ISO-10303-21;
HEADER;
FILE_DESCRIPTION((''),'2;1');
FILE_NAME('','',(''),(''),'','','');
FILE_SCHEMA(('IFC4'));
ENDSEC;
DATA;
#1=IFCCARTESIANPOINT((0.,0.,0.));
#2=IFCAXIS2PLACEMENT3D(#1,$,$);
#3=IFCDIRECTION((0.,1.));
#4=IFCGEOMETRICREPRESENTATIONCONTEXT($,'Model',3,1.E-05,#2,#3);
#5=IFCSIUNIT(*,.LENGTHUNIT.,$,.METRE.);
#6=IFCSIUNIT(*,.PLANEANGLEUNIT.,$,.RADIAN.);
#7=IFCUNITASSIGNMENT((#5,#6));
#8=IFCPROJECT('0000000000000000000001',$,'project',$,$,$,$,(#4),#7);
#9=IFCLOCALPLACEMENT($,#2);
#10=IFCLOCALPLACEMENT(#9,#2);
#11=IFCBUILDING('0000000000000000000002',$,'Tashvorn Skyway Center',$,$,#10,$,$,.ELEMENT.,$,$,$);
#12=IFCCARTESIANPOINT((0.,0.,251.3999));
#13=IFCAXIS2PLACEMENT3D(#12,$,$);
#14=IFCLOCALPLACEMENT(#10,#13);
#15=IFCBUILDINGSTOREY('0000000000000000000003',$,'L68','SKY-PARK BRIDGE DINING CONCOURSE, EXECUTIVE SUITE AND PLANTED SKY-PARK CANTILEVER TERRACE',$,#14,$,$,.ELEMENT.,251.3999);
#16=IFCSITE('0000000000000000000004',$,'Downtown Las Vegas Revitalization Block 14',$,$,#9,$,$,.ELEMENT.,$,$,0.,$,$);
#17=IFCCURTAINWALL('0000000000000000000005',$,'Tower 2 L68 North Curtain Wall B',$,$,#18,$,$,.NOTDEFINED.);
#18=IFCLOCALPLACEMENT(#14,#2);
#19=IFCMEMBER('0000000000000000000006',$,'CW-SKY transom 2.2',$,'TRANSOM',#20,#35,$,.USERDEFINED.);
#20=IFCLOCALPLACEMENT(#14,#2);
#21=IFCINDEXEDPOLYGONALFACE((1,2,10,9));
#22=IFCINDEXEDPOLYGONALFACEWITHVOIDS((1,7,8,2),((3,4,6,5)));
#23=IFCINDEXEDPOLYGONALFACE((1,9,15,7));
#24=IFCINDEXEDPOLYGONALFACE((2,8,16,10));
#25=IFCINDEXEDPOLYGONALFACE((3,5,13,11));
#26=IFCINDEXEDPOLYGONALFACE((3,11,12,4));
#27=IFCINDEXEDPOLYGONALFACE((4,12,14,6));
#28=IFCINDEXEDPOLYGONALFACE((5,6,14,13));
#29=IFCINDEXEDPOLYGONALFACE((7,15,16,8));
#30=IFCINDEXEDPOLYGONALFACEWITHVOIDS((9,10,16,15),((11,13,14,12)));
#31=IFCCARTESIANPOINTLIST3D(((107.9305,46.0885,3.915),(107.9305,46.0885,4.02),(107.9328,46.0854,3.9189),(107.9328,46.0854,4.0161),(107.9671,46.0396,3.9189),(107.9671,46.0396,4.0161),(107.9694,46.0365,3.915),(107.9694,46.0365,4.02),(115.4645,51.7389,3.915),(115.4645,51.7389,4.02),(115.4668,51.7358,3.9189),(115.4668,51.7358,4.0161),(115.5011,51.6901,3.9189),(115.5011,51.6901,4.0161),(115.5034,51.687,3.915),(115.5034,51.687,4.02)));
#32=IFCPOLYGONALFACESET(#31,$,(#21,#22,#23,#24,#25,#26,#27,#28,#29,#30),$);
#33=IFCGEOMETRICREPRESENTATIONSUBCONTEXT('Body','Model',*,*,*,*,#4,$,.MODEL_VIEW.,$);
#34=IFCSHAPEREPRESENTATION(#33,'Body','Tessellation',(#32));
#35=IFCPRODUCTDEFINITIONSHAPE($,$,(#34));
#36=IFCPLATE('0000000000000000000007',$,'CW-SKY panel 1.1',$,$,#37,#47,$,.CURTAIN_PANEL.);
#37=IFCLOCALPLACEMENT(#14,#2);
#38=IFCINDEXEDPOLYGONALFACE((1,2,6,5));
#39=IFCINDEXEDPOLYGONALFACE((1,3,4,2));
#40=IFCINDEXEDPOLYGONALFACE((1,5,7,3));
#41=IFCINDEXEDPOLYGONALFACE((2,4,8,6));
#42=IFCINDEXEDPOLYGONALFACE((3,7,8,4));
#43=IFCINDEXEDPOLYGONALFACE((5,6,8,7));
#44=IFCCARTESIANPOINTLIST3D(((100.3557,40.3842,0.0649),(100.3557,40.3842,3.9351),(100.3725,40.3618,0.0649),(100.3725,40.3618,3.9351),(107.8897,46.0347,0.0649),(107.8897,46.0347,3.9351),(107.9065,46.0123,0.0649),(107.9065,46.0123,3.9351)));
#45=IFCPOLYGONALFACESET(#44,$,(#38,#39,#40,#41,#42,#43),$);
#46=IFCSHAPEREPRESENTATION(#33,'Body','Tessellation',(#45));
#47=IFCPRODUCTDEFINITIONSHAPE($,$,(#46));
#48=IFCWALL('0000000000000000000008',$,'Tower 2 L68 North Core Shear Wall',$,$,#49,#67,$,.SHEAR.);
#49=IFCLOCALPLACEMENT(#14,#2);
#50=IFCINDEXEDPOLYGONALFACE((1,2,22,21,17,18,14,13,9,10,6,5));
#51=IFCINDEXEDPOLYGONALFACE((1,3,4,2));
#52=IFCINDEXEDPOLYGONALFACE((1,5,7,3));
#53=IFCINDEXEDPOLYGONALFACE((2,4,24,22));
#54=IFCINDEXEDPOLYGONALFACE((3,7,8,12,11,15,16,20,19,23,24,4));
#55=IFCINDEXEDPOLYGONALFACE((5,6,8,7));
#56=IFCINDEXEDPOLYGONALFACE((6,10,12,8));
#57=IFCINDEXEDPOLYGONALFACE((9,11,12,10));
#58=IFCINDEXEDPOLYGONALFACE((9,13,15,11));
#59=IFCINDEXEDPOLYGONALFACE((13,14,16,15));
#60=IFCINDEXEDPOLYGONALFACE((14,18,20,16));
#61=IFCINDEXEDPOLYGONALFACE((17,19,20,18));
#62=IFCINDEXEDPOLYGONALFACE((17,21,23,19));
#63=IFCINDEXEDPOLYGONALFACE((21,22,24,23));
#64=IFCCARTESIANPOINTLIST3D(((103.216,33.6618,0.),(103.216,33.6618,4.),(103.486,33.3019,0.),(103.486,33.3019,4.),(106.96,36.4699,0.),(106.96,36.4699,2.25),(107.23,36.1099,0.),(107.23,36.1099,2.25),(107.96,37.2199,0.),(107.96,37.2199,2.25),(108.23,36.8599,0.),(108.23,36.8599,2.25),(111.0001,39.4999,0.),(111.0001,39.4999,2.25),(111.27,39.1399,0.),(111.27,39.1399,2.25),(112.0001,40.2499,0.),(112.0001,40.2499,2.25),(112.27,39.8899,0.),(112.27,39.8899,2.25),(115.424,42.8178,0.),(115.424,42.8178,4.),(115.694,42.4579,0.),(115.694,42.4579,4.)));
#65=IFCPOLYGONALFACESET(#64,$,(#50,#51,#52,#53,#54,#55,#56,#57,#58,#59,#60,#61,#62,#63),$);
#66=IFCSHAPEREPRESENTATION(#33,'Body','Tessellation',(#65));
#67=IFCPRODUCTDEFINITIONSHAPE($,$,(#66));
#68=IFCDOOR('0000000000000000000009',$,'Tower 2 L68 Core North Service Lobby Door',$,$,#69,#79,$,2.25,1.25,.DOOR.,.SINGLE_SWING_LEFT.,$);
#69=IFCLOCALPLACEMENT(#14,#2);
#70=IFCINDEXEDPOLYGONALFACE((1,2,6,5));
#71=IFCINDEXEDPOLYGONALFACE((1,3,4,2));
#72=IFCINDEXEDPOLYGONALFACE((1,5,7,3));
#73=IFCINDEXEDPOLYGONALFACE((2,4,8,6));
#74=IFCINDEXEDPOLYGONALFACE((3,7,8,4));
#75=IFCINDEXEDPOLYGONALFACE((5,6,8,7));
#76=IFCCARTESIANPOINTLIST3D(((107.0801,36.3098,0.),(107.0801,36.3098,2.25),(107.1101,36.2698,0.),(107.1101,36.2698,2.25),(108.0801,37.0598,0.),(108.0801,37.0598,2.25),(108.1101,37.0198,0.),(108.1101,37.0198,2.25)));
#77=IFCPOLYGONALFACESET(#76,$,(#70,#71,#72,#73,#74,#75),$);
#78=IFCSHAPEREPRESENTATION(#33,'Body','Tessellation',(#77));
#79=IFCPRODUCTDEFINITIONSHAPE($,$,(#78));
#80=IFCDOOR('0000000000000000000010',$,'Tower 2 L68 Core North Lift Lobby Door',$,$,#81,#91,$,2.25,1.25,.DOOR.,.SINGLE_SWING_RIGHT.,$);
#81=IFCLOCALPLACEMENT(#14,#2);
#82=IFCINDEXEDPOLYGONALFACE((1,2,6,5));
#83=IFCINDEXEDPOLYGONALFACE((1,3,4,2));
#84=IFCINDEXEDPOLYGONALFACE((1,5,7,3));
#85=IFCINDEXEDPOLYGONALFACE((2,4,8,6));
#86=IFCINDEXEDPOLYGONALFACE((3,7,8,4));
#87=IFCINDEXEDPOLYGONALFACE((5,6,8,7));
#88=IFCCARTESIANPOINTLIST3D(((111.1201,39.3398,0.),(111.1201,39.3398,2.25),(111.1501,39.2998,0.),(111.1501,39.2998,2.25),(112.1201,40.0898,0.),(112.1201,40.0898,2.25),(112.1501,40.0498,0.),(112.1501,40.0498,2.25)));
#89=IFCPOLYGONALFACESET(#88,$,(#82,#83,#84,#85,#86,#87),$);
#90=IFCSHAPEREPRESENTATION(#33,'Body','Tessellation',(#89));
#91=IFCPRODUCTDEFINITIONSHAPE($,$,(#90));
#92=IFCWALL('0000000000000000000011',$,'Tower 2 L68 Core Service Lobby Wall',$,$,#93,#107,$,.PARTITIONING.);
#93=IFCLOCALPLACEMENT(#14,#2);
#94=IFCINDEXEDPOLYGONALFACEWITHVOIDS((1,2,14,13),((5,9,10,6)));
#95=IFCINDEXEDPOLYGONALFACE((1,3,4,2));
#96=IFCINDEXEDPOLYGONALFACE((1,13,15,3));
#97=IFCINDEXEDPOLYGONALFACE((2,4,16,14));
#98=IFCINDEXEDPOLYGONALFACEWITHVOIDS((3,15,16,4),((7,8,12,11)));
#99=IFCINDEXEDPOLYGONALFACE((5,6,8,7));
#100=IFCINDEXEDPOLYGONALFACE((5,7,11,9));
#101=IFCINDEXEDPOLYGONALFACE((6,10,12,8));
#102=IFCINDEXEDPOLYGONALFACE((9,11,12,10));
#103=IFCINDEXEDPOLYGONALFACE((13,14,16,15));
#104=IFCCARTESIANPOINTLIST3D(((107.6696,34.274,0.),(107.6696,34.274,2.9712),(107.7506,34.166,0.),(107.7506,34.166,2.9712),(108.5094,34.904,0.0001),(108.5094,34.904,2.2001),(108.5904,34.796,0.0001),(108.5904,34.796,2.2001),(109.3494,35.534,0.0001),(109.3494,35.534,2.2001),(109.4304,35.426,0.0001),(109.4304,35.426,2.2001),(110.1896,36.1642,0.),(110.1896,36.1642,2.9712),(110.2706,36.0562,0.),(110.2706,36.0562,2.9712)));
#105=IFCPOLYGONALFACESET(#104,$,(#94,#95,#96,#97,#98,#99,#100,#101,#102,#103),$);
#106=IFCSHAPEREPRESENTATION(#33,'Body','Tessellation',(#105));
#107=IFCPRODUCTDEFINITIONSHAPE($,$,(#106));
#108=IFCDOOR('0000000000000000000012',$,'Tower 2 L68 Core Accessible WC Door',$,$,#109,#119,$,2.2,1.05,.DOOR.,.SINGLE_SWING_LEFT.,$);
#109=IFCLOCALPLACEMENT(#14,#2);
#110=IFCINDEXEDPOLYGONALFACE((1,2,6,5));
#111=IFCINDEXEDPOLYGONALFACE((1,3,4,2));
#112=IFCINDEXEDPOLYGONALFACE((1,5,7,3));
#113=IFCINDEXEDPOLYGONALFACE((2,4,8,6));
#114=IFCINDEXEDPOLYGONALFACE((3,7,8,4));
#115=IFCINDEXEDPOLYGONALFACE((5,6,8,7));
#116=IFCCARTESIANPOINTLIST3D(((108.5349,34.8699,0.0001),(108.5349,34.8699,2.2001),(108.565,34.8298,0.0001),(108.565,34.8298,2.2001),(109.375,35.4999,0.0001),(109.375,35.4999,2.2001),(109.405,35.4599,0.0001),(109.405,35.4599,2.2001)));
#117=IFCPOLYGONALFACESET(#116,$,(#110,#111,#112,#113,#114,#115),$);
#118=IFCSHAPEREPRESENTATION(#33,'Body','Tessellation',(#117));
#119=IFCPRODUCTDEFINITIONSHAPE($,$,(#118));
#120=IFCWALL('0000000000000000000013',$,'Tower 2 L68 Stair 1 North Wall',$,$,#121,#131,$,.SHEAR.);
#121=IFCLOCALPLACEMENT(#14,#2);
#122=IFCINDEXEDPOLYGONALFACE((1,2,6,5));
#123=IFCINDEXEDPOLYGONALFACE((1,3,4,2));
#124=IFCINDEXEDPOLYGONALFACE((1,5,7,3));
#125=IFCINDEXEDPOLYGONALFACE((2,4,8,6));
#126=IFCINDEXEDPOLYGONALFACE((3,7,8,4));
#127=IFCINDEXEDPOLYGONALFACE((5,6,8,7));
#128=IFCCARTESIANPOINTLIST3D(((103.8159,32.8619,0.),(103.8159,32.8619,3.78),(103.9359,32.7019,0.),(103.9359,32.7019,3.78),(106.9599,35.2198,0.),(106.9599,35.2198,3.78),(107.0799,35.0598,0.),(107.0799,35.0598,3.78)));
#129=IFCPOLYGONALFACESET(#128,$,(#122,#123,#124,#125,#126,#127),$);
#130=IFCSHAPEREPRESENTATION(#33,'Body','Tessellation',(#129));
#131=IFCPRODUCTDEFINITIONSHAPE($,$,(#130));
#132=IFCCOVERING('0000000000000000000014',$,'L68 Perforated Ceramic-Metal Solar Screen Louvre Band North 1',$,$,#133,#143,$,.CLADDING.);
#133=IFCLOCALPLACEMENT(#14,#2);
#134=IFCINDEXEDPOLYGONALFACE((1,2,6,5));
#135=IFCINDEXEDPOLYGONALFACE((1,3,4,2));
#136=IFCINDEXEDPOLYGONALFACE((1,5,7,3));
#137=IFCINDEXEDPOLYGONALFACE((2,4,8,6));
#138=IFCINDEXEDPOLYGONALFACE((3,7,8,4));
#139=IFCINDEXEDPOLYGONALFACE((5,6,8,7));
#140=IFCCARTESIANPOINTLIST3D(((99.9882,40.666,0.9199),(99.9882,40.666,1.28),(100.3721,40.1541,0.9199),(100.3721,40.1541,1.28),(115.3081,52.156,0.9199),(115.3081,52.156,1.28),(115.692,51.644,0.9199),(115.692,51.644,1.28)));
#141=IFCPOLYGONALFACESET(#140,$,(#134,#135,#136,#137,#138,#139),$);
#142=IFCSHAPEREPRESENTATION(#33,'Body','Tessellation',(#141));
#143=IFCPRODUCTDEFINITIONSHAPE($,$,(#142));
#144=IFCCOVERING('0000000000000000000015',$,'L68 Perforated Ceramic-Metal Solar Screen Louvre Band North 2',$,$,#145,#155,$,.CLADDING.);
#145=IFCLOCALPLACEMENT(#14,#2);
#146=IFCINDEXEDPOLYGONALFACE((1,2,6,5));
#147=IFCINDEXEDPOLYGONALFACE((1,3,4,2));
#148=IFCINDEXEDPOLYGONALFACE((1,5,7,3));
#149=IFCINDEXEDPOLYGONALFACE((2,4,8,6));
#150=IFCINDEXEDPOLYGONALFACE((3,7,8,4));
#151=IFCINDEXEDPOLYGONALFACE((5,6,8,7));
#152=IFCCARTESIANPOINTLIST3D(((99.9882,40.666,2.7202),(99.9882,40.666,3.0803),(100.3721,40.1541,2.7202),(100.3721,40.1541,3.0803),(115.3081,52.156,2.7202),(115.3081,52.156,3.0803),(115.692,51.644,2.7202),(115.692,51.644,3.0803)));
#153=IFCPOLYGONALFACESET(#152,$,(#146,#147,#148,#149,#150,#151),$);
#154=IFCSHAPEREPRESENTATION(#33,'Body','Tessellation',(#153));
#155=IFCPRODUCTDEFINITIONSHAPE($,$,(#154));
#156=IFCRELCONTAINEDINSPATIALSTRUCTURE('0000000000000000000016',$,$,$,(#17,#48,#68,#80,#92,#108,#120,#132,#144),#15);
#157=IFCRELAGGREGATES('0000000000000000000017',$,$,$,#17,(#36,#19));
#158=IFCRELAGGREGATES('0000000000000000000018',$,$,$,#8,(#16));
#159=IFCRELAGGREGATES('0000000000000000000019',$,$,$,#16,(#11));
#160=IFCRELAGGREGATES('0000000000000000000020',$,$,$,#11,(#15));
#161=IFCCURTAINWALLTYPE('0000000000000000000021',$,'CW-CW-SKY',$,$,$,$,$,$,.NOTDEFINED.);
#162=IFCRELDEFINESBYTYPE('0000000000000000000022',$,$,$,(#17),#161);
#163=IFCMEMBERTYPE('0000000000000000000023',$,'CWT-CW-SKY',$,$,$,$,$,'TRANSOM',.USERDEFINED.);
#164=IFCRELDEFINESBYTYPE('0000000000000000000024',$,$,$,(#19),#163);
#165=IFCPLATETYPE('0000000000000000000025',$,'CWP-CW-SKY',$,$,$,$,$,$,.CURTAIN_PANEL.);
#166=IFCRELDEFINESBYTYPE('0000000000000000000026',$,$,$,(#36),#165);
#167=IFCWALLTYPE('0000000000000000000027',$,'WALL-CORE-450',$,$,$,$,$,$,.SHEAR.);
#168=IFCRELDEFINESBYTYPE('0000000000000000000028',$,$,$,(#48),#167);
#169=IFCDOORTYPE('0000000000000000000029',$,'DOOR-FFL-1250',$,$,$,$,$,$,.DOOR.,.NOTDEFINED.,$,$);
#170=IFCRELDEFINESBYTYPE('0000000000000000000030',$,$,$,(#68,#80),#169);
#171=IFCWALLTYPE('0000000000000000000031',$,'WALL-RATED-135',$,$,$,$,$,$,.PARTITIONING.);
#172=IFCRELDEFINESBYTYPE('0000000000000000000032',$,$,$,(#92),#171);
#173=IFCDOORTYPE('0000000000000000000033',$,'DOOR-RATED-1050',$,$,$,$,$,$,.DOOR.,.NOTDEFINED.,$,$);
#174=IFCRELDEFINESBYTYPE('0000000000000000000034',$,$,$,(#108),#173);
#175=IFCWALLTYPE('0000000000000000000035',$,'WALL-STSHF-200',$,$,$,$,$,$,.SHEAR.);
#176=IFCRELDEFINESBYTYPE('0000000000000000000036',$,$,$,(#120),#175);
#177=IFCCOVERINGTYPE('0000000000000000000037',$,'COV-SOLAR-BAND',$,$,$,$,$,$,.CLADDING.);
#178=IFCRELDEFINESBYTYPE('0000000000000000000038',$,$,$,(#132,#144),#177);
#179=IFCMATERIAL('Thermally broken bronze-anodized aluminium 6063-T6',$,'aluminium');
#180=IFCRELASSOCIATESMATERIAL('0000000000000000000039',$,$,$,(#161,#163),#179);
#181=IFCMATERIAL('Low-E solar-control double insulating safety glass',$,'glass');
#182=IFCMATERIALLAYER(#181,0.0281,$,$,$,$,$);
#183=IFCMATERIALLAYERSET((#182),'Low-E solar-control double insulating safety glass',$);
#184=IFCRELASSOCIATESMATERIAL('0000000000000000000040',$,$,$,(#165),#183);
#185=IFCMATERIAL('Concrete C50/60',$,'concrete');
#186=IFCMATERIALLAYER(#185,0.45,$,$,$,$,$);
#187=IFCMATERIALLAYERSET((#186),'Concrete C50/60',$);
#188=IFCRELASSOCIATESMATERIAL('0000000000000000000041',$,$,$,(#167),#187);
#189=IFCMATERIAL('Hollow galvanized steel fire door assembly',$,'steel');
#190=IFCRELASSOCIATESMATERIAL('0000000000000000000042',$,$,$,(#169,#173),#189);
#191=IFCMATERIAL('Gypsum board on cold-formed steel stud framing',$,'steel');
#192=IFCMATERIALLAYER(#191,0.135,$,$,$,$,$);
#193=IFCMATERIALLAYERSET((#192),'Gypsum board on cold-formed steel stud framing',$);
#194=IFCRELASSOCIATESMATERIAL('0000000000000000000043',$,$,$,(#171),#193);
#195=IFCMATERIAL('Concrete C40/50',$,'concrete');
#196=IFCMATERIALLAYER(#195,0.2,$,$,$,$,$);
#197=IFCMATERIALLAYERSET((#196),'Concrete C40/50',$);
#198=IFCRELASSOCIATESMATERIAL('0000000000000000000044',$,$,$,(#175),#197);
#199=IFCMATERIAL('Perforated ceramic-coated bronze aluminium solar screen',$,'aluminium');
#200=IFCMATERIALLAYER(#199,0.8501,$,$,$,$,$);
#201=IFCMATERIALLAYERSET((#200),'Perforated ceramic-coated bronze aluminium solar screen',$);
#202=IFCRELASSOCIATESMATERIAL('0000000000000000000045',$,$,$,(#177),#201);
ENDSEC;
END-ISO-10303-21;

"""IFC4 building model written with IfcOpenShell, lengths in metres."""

from ifc_helpers import new_model, si_unit, direction, frame, frame_2d, origin, origin_2d, place, context, subcontext, project, spatial, rectangle, hollow_rectangle, extrude, material, layer, layer_set, material_profile, profile_set, type_object, element, fill, aggregate, save


model = new_model("IFC4")

# Units and contexts
model_context = context("Model", 3, precision=1e-05, world=origin(), true_north=direction((0.0, 1.0)))
body_context = subcontext(model_context, "Body", "Model", "MODEL_VIEW")
ifc_project = project(units=[si_unit("LENGTHUNIT", "METRE"), si_unit("PLANEANGLEUNIT", "RADIAN")], contexts=[model_context])

# Site, building, storey
site_placement = place(None, origin())
site = spatial("IfcSite", under=ifc_project, at=site_placement, Name="Downtown Las Vegas Revitalization Block 14", CompositionType="ELEMENT", RefElevation=0.0)
building_placement = place(site_placement, origin())
building = spatial("IfcBuilding", under=site, at=building_placement, Name="Tashvorn Skyway Center", CompositionType="ELEMENT")
storey_placement = place(building_placement, frame((0.0, 0.0, 251.3999)))
storey = spatial("IfcBuildingStorey", under=building, at=storey_placement, Name="L68", Description="SKY-PARK BRIDGE DINING CONCOURSE, EXECUTIVE SUITE AND PLANTED SKY-PARK CANTILEVER TERRACE", CompositionType="ELEMENT", Elevation=251.3999)

# Curtain wall
ifc_material_1 = material(Name="Thermally broken bronze-anodized aluminium 6063-T6", Category="aluminium")
curtain_wall_type = type_object("IfcCurtainWallType", Name="CW-CW-SKY", PredefinedType="NOTDEFINED", material=ifc_material_1)
curtain_wall_1_placement = place(storey_placement, origin())
curtain_wall_1 = element("IfcCurtainWall", 1, at=curtain_wall_1_placement, inside=storey, type_object=curtain_wall_type, Name="Tower 2 L68 North Curtain Wall B", PredefinedType="NOTDEFINED")

# Member
ifc_material_profile_1 = material_profile(ifc_material_1, hollow_rectangle(XDim=0.0649, YDim=0.105, WallThickness=0.0039, at=origin_2d()), Name="ALU-TRAN-65x105")
ifc_profile_set_1 = profile_set([ifc_material_profile_1], Name="Thermally broken bronze-anodized aluminium 6063-T6")
member_type_1 = type_object("IfcMemberType", Name="CWT-CW-SKY", ElementType="TRANSOM", PredefinedType="USERDEFINED", material=ifc_profile_set_1)
member_1_placement = place(storey_placement, frame((107.95, 46.0625, 3.9675), z_axis=(0.800003, 0.599996, 0.0), x_axis=(-0.599996, 0.800003, 0.0)))
member_1 = element("IfcMember", 2, at=member_1_placement, type_object=member_type_1, Name="CW-SKY transom 2.2", ObjectType="TRANSOM", PredefinedType="USERDEFINED", context=body_context, shape_type="SweptSolid", body=[
    extrude(hollow_rectangle(XDim=0.0649, YDim=0.105, WallThickness=0.0039, at=origin_2d()), origin(), (0.0, 0.0, 1.0), 9.4175),
])

# Plate
ifc_material_2 = material(Name="Low-E solar-control double insulating safety glass", Category="glass")
ifc_layer_1 = layer(ifc_material_2, 0.0281)
ifc_layer_set_1 = layer_set([ifc_layer_1], Name="Low-E solar-control double insulating safety glass")
plate_type = type_object("IfcPlateType", Name="CWP-CW-SKY", PredefinedType="CURTAIN_PANEL", material=ifc_layer_set_1)
plate_placement = place(storey_placement, frame((104.1311, 43.1982, 0.0649), z_axis=(0.0, 0.0, 1.0), x_axis=(0.8, 0.6, 0.0)))
plate = element("IfcPlate", 3, at=plate_placement, type_object=plate_type, Name="CW-SKY panel 1.1", PredefinedType="CURTAIN_PANEL", context=body_context, shape_type="SweptSolid", body=[
    extrude(rectangle(XDim=9.4175, YDim=0.0281, at=origin_2d()), origin(), (0.0, 0.0, 1.0), 3.8701),
])
aggregate(curtain_wall_1, [plate, member_1])

# Wall, openings, doors
ifc_material_3 = material(Name="Concrete C50/60", Category="concrete")
ifc_layer_2 = layer(ifc_material_3, 0.45)
ifc_layer_set_2 = layer_set([ifc_layer_2], Name="Concrete C50/60")
wall_type_1 = type_object("IfcWallType", Name="WALL-CORE-450", PredefinedType="SHEAR", material=ifc_layer_set_2)
wall_1_placement = place(storey_placement, frame((103.3511, 33.4819, 0.0), z_axis=(0.0, 0.0, 1.0), x_axis=(0.8, 0.6, 0.0)))
wall_1 = element("IfcWall", 4, at=wall_1_placement, inside=storey, type_object=wall_type_1, Name="Tower 2 L68 North Core Shear Wall", PredefinedType="SHEAR", context=body_context, shape_type="SweptSolid", body=[
    extrude(rectangle(XDim=15.26, YDim=0.45, at=frame_2d((7.6299, 0.0))), origin(), (0.0, 0.0, 1.0), 4.0),
])
opening_1_placement = place(wall_1_placement, frame((4.6799, 0.0, 0.0)))
opening_1 = element("IfcOpeningElement", 5, at=opening_1_placement, cuts=wall_1, PredefinedType="OPENING", context=body_context, shape_type="SweptSolid", body=[
    extrude(rectangle(XDim=1.25, YDim=2.25, at=frame_2d((0.625, 1.125))), frame((0.0, 0.2349, 0.0), z_axis=(0.0, -1.0, 0.0), x_axis=(1.0, 0.0, 0.0)), (0.0, 0.0, 1.0), 0.47),
])
opening_2_placement = place(wall_1_placement, frame((9.73, 0.0, 0.0)))
opening_2 = element("IfcOpeningElement", 6, at=opening_2_placement, cuts=wall_1, PredefinedType="OPENING", context=body_context, shape_type="SweptSolid", body=[
    extrude(rectangle(XDim=1.25, YDim=2.25, at=frame_2d((0.625, 1.125))), frame((0.0, 0.2349, 0.0), z_axis=(0.0, -1.0, 0.0), x_axis=(1.0, 0.0, 0.0)), (0.0, 0.0, 1.0), 0.47),
])
ifc_material_4 = material(Name="Hollow galvanized steel fire door assembly", Category="steel")
door_type_1 = type_object("IfcDoorType", Name="DOOR-FFL-1250", OperationType="NOTDEFINED", PredefinedType="DOOR", material=ifc_material_4)
door_1_placement = place(opening_1_placement, origin())
door_1 = element("IfcDoor", 7, at=door_1_placement, inside=storey, type_object=door_type_1, Name="Tower 2 L68 Core North Service Lobby Door", OperationType="SINGLE_SWING_LEFT", OverallHeight=2.25, OverallWidth=1.25, PredefinedType="DOOR", context=body_context, shape_type="SweptSolid", body=[
    extrude(rectangle(XDim=1.25, YDim=2.25, at=frame_2d((0.625, 1.125))), frame((0.0, 0.0249, 0.0), z_axis=(0.0, -1.0, 0.0), x_axis=(1.0, 0.0, 0.0)), (0.0, 0.0, 1.0), 0.05),
])
fill(opening_1, door_1)
door_2_placement = place(opening_2_placement, origin())
door_2 = element("IfcDoor", 8, at=door_2_placement, inside=storey, type_object=door_type_1, Name="Tower 2 L68 Core North Lift Lobby Door", OperationType="SINGLE_SWING_RIGHT", OverallHeight=2.25, OverallWidth=1.25, PredefinedType="DOOR", context=body_context, shape_type="SweptSolid", body=[
    extrude(rectangle(XDim=1.25, YDim=2.25, at=frame_2d((0.625, 1.125))), frame((0.0, 0.0249, 0.0), z_axis=(0.0, -1.0, 0.0), x_axis=(1.0, 0.0, 0.0)), (0.0, 0.0, 1.0), 0.05),
])
fill(opening_2, door_2)

# Wall, opening, door
ifc_material_5 = material(Name="Gypsum board on cold-formed steel stud framing", Category="steel")
ifc_layer_3 = layer(ifc_material_5, 0.135)
ifc_layer_set_3 = layer_set([ifc_layer_3], Name="Gypsum board on cold-formed steel stud framing")
wall_type_2 = type_object("IfcWallType", Name="WALL-RATED-135", PredefinedType="PARTITIONING", material=ifc_layer_set_3)
wall_2_placement = place(storey_placement, frame((107.71, 34.22, 0.0), z_axis=(0.0, 0.0, 1.0), x_axis=(0.799981, 0.600025, 0.0)))
wall_2 = element("IfcWall", 9, at=wall_2_placement, inside=storey, type_object=wall_type_2, Name="Tower 2 L68 Core Service Lobby Wall", PredefinedType="PARTITIONING", context=body_context, shape_type="SweptSolid", body=[
    extrude(rectangle(XDim=3.1501, YDim=0.135, at=frame_2d((1.5752, 0.0))), origin(), (0.0, 0.0, 1.0), 2.9712),
])
opening_3_placement = place(wall_2_placement, frame((1.05, 0.0, 0.0)))
opening_3 = element("IfcOpeningElement", 10, at=opening_3_placement, cuts=wall_2, PredefinedType="OPENING", context=body_context, shape_type="SweptSolid", body=[
    extrude(rectangle(XDim=1.05, YDim=2.2, at=frame_2d((0.5249, 1.1001))), frame((0.0, 0.0774, 0.0), z_axis=(0.0, -1.0, 0.0), x_axis=(1.0, 0.0, 0.0)), (0.0, 0.0, 1.0), 0.155),
])
door_type_2 = type_object("IfcDoorType", Name="DOOR-RATED-1050", OperationType="NOTDEFINED", PredefinedType="DOOR", material=ifc_material_4)
door_3_placement = place(opening_3_placement, origin())
door_3 = element("IfcDoor", 11, at=door_3_placement, inside=storey, type_object=door_type_2, Name="Tower 2 L68 Core Accessible WC Door", OperationType="SINGLE_SWING_LEFT", OverallHeight=2.2, OverallWidth=1.05, PredefinedType="DOOR", context=body_context, shape_type="SweptSolid", body=[
    extrude(rectangle(XDim=1.05, YDim=2.2, at=frame_2d((0.5249, 1.1001))), frame((0.0, 0.0249, 0.0), z_axis=(0.0, -1.0, 0.0), x_axis=(1.0, 0.0, 0.0)), (0.0, 0.0, 1.0), 0.05),
])
fill(opening_3, door_3)

# Wall
ifc_material_6 = material(Name="Concrete C40/50", Category="concrete")
ifc_layer_4 = layer(ifc_material_6, 0.2)
ifc_layer_set_4 = layer_set([ifc_layer_4], Name="Concrete C40/50")
wall_type_3 = type_object("IfcWallType", Name="WALL-STSHF-200", PredefinedType="SHEAR", material=ifc_layer_set_4)
wall_3_placement = place(storey_placement, frame((103.876, 32.782, 0.0), z_axis=(0.0, 0.0, 1.0), x_axis=(0.800015, 0.59998, 0.0)))
element("IfcWall", 12, at=wall_3_placement, inside=storey, type_object=wall_type_3, Name="Tower 2 L68 Stair 1 North Wall", PredefinedType="SHEAR", context=body_context, shape_type="SweptSolid", body=[
    extrude(rectangle(XDim=3.9299, YDim=0.2, at=frame_2d((1.9648, 0.0))), origin(), (0.0, 0.0, 1.0), 3.78),
])

# Coverings
ifc_material_7 = material(Name="Perforated ceramic-coated bronze aluminium solar screen", Category="aluminium")
ifc_layer_5 = layer(ifc_material_7, 0.8501)
ifc_layer_set_5 = layer_set([ifc_layer_5], Name="Perforated ceramic-coated bronze aluminium solar screen")
covering_type = type_object("IfcCoveringType", Name="COV-SOLAR-BAND", PredefinedType="CLADDING", material=ifc_layer_set_5)
for number, where, z_axis, x_axis, name in (
    (13, (107.8401, 46.155, 0.9199), (0.0, 0.0, 1.0), (0.8, 0.6, 0.0), "L68 Perforated Ceramic-Metal Solar Screen Louvre Band North 1"),
    (14, (107.8401, 46.155, 2.7202), (0.0, 0.0, 1.0), (0.8, 0.6, 0.0), "L68 Perforated Ceramic-Metal Solar Screen Louvre Band North 2"),
):
    element("IfcCovering", number, at=place(storey_placement, frame(where, z_axis=z_axis, x_axis=x_axis)), inside=storey, type_object=covering_type, Name=name, PredefinedType="CLADDING", context=body_context, shape_type="SweptSolid", body=[
        extrude(rectangle(XDim=19.1499, YDim=0.6399, at=origin_2d()), origin(), (0.0, 0.0, 1.0), 0.3601),
    ])

save(model, "model.ifc")
